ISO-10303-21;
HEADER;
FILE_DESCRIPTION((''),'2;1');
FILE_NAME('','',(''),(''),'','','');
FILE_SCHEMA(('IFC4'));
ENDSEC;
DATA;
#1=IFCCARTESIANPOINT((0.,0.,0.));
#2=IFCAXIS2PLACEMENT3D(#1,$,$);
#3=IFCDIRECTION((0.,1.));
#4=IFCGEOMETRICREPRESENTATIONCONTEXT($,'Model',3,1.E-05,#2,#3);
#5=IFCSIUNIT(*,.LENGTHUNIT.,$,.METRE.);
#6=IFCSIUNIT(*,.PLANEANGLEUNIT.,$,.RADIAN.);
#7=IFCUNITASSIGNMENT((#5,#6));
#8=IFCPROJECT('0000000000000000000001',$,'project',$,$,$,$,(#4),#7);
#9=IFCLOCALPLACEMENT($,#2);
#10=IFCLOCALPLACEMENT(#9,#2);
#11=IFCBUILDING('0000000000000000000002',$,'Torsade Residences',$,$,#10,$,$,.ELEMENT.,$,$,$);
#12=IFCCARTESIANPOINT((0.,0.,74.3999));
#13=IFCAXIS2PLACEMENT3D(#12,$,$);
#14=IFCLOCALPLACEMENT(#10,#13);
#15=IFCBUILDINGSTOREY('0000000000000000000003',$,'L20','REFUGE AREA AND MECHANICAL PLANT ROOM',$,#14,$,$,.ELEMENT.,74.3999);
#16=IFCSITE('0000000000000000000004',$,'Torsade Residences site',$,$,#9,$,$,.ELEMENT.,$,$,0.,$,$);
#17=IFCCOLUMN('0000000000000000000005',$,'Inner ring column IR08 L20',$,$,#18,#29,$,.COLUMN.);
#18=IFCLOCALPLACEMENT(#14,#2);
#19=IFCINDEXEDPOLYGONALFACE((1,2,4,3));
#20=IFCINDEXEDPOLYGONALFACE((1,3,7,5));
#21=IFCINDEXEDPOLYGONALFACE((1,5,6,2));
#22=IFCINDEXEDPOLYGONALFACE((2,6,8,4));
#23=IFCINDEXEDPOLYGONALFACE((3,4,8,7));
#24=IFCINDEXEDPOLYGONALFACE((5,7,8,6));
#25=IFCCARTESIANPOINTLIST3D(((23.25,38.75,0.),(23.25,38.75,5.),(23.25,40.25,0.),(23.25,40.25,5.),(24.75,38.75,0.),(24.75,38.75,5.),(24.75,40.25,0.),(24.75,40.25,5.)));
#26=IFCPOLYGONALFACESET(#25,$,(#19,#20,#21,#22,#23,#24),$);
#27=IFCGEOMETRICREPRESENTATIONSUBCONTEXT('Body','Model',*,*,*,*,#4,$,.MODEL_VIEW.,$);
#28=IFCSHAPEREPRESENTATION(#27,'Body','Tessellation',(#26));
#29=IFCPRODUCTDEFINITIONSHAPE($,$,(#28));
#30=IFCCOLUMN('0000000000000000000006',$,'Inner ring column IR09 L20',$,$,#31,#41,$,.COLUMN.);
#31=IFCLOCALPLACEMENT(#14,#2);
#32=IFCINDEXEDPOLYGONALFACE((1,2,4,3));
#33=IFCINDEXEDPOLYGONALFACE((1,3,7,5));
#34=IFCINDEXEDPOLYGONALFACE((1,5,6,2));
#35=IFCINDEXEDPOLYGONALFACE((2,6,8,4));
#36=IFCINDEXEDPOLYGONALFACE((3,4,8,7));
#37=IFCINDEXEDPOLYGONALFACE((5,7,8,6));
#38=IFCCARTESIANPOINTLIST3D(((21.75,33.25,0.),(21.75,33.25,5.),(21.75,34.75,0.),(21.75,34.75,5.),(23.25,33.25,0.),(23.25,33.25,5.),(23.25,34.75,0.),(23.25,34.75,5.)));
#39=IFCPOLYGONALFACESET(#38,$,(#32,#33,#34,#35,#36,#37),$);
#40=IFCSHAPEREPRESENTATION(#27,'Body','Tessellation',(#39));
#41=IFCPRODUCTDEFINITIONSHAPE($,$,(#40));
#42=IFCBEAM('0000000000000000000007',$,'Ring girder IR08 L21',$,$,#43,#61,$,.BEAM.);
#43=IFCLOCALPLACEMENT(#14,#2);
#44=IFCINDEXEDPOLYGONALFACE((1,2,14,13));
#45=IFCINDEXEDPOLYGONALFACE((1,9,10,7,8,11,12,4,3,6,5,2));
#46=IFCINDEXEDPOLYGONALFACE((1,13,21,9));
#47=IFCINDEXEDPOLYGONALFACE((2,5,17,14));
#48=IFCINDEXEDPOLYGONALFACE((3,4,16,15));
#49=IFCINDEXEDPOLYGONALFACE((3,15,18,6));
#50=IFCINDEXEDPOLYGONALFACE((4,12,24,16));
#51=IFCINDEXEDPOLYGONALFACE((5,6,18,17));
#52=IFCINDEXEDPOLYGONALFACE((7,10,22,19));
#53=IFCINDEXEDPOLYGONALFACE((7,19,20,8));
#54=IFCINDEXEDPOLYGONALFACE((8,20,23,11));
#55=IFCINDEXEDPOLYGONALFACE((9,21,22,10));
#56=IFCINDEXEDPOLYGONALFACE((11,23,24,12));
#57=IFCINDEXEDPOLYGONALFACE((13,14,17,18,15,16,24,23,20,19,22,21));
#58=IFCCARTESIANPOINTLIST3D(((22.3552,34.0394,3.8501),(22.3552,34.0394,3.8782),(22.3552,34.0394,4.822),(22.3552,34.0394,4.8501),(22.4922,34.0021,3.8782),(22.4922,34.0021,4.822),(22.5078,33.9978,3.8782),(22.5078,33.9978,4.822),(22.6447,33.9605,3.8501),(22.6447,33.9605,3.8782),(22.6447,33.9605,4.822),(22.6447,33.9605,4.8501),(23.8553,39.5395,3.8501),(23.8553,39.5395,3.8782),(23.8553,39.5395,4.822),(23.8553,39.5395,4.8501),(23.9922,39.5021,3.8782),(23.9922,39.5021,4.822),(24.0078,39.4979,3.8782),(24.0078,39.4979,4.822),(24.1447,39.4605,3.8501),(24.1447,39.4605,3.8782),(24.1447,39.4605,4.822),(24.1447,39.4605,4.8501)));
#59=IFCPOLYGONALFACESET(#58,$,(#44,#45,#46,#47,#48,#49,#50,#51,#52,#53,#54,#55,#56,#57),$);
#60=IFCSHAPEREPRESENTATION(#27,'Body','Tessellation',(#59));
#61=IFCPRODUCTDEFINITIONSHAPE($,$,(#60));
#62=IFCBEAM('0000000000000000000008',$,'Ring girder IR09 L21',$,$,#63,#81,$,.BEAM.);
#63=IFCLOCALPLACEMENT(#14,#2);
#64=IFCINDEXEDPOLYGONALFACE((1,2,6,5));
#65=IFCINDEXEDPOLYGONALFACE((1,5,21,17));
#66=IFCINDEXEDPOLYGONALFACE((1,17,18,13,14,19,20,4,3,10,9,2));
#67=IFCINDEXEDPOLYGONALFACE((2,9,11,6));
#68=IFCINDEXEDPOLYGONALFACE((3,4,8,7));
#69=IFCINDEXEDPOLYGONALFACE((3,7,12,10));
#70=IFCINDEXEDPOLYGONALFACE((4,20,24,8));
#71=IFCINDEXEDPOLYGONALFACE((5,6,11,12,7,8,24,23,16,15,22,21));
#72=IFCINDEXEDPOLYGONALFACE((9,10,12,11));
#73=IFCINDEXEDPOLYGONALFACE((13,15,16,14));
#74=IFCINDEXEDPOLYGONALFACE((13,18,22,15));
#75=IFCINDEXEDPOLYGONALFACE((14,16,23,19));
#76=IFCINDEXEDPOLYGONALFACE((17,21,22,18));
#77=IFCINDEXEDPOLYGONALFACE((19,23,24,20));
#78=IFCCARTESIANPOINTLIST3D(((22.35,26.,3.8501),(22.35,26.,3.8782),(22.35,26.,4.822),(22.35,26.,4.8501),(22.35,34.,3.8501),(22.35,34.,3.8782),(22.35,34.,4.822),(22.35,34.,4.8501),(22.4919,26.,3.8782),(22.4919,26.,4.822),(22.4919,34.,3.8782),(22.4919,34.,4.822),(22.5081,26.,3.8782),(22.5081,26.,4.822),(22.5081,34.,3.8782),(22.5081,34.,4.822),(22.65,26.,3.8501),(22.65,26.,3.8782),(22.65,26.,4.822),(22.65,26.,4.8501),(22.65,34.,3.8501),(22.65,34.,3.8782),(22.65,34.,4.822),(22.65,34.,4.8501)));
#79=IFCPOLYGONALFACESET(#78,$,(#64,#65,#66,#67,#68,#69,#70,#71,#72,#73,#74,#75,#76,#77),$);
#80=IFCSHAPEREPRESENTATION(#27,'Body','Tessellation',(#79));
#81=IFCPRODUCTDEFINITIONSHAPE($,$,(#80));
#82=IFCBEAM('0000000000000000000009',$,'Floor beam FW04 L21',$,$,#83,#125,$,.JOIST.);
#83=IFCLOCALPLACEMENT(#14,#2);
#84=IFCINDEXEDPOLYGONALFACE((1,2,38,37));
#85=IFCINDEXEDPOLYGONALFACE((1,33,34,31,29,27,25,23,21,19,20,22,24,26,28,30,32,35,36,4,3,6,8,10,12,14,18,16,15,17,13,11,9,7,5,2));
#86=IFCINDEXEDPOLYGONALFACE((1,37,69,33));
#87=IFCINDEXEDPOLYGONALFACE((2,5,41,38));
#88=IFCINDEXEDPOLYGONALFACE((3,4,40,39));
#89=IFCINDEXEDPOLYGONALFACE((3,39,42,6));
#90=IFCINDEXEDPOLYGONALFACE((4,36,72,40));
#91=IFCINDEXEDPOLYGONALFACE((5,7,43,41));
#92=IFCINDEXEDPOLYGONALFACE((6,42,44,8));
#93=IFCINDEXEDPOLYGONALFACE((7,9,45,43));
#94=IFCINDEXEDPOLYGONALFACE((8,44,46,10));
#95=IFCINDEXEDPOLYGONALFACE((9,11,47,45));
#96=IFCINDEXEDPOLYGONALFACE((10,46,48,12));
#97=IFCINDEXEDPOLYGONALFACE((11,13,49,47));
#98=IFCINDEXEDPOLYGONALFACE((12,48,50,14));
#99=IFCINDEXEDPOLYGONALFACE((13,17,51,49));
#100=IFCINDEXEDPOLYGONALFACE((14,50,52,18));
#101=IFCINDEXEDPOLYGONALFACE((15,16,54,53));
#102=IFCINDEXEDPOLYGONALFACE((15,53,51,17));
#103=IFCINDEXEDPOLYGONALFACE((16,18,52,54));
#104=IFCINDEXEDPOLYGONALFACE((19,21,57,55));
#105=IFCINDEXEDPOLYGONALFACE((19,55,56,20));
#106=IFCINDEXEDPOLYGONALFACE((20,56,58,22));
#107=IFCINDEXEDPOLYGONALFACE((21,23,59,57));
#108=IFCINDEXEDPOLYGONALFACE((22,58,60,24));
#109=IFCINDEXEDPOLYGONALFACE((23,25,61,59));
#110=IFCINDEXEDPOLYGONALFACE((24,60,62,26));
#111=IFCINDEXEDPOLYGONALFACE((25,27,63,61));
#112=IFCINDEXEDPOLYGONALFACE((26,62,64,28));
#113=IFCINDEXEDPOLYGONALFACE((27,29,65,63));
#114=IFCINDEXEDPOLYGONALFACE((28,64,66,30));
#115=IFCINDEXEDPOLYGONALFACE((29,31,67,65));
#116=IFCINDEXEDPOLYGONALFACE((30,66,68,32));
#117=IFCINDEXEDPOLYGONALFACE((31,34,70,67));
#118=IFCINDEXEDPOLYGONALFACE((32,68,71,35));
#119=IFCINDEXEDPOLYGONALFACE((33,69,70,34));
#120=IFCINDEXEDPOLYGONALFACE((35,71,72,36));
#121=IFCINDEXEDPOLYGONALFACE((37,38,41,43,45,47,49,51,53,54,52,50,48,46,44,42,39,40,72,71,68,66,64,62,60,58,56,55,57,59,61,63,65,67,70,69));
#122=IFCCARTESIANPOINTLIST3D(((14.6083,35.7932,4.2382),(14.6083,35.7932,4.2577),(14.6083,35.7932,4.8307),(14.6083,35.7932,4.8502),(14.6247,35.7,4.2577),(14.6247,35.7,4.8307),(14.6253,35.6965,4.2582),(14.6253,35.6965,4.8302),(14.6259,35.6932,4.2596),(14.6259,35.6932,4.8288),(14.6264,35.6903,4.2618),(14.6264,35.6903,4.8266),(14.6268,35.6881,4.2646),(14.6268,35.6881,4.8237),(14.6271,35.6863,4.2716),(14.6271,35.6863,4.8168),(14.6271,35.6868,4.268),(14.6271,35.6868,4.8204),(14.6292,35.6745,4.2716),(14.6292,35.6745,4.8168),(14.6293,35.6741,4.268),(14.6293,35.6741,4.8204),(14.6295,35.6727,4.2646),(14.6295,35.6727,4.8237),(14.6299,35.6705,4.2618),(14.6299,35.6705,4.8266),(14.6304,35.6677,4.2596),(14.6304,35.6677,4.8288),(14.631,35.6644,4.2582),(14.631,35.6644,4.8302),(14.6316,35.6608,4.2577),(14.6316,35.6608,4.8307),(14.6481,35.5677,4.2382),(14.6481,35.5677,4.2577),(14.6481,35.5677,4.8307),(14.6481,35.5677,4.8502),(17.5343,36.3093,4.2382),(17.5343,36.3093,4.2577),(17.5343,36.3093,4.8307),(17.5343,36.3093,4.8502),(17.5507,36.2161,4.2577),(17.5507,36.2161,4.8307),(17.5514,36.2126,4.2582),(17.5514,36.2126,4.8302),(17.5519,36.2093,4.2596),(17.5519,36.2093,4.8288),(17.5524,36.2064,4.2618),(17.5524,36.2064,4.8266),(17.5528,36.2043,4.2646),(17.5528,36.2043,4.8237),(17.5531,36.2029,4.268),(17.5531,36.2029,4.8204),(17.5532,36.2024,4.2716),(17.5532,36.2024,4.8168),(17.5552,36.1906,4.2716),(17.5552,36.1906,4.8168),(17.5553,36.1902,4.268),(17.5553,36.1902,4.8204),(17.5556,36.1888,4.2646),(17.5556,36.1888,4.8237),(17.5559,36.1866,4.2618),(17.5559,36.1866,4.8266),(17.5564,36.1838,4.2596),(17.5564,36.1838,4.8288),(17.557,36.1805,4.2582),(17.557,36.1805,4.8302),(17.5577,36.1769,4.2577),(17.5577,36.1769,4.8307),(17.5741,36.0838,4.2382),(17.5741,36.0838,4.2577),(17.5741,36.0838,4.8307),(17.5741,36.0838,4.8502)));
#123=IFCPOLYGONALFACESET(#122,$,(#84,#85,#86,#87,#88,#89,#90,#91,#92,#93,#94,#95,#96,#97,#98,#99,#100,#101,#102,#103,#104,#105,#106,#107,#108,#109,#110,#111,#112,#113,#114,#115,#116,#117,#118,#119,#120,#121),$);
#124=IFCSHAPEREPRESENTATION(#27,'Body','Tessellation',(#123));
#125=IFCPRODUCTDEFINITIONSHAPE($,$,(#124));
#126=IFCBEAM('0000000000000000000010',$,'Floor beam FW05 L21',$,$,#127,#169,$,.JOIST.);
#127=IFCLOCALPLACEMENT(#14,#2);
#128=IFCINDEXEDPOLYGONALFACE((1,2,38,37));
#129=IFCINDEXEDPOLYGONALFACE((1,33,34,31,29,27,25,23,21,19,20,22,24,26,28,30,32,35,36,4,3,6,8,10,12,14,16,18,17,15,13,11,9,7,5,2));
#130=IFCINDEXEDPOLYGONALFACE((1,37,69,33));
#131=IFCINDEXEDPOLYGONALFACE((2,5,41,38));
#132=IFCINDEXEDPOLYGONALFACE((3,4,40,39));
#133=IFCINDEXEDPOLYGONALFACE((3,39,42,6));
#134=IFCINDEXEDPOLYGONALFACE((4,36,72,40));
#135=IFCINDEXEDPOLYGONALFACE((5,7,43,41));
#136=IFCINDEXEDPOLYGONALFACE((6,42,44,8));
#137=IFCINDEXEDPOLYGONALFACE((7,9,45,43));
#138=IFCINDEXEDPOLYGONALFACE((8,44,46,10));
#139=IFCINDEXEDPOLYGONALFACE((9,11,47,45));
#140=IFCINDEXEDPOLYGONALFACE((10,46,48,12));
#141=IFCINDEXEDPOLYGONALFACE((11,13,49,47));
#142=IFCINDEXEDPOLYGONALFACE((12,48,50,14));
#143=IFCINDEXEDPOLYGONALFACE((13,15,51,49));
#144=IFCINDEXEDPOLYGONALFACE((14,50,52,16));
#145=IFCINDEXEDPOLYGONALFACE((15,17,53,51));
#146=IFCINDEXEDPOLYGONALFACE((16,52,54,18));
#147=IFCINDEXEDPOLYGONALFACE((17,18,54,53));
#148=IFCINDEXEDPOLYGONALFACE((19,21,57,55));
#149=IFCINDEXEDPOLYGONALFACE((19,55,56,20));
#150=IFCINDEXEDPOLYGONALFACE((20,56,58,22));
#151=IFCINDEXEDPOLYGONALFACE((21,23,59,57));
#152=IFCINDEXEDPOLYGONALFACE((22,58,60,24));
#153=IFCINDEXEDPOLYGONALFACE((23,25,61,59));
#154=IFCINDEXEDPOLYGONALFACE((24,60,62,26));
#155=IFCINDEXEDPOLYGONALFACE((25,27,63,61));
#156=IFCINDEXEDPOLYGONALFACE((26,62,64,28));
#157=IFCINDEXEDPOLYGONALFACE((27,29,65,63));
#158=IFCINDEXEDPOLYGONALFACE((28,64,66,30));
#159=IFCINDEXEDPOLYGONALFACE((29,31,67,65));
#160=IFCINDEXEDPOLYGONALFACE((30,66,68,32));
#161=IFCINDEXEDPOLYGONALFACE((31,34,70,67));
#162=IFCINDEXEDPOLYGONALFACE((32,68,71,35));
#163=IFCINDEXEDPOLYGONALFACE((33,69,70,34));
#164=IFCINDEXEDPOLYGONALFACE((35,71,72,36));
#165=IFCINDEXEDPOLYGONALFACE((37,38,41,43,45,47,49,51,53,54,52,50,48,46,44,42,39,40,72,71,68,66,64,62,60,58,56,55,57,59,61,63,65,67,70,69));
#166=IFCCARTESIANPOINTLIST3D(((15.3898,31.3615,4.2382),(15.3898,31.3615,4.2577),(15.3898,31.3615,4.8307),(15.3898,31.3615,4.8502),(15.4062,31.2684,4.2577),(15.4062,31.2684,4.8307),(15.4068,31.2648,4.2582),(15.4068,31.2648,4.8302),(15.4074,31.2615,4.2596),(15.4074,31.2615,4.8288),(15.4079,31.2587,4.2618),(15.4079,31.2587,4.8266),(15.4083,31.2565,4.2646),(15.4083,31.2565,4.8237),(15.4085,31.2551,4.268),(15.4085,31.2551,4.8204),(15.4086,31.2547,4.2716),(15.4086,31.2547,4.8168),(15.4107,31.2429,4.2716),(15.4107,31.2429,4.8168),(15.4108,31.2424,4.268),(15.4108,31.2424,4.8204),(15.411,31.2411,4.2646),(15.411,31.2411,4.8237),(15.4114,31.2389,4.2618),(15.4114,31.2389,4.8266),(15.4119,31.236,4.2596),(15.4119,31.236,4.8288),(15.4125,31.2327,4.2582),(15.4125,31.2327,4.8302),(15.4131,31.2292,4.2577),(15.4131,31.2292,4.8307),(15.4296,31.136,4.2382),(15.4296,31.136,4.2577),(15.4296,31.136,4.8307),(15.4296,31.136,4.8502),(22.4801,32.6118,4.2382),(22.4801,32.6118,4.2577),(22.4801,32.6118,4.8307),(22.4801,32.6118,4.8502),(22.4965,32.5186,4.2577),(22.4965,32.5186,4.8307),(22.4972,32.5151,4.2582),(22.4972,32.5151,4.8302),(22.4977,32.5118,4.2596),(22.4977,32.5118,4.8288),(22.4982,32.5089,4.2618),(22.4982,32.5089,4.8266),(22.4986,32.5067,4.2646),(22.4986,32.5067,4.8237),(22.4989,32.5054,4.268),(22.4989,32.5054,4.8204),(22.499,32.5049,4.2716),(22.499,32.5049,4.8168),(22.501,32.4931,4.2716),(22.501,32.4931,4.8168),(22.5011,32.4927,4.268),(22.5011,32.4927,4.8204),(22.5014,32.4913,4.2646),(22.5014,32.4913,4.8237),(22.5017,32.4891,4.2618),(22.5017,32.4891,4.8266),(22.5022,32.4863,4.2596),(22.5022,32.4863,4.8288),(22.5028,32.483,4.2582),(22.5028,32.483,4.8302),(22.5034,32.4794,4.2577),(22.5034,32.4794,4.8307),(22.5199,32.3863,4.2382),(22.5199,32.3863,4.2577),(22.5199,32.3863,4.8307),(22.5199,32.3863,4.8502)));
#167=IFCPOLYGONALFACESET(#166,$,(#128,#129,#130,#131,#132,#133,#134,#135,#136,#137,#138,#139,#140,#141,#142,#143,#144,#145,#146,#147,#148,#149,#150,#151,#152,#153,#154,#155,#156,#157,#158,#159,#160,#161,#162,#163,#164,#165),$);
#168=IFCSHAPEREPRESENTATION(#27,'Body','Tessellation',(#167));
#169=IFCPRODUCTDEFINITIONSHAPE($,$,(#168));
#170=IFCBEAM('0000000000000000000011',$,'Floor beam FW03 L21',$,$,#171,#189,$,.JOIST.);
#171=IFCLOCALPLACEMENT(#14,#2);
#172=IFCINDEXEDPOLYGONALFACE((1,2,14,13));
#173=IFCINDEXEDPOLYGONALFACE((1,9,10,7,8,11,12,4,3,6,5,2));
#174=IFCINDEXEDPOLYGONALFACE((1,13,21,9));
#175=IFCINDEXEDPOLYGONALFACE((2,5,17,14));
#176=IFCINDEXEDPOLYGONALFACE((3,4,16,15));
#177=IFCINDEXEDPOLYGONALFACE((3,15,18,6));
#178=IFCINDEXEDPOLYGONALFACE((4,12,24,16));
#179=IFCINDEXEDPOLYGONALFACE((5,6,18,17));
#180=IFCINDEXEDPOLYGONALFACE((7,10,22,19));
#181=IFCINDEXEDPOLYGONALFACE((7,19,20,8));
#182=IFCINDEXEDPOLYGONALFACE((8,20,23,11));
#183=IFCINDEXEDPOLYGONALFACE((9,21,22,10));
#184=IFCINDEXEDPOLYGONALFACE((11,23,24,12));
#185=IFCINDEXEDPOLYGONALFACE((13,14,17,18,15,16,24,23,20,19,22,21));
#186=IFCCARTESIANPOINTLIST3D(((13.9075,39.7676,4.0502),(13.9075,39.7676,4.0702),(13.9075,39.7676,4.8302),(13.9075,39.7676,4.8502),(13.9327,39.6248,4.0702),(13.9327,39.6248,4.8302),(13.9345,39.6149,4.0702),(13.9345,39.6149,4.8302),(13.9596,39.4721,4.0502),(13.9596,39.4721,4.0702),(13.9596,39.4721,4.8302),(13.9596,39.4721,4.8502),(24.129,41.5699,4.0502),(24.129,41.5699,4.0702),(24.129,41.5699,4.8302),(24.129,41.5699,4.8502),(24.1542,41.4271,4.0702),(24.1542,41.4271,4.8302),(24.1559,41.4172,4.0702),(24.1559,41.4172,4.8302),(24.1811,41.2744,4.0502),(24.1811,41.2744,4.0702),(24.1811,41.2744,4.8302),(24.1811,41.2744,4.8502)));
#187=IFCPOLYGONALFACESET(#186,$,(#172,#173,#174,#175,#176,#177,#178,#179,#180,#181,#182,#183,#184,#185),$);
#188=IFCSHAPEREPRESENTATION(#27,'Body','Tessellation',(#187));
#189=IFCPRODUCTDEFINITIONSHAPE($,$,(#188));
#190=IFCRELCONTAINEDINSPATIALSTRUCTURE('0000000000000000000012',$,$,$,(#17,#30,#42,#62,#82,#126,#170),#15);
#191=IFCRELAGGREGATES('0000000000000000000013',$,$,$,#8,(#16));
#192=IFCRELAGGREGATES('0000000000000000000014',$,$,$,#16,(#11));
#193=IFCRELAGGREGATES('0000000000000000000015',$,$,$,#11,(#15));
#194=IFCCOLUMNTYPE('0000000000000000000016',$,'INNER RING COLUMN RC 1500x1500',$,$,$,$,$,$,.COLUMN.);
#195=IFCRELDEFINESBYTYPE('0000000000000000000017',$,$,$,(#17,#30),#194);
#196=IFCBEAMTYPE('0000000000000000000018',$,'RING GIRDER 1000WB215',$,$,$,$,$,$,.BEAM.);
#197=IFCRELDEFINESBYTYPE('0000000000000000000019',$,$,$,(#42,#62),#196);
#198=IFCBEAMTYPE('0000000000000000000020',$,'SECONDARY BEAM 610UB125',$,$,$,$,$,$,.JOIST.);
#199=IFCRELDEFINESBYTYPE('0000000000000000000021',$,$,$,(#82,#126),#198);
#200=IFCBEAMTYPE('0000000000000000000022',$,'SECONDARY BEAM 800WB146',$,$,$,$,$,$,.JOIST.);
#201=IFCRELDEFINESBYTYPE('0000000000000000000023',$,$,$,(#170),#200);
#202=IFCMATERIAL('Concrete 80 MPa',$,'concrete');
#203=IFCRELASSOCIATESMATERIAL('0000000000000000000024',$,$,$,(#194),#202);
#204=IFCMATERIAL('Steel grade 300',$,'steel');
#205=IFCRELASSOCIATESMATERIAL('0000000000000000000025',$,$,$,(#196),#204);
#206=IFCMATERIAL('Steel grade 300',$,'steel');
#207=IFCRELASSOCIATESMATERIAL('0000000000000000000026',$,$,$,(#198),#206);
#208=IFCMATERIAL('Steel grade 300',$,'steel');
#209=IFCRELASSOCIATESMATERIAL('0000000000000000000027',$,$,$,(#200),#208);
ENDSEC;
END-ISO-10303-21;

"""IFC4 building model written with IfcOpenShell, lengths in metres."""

from ifc_helpers import new_model, si_unit, direction, frame, origin, origin_2d, place, context, subcontext, project, spatial, rectangle, i_section, extrude, material, material_profile, profile_set, type_object, element, save


model = new_model("IFC4")

# Units and contexts
model_context = context("Model", 3, precision=1e-05, world=origin(), true_north=direction((0.0, 1.0)))
body_context = subcontext(model_context, "Body", "Model", "MODEL_VIEW")
ifc_project = project(units=[si_unit("LENGTHUNIT", "METRE"), si_unit("PLANEANGLEUNIT", "RADIAN")], contexts=[model_context])

# Site, building, storey
site_placement = place(None, origin())
site = spatial("IfcSite", under=ifc_project, at=site_placement, Name="Torsade Residences site", CompositionType="ELEMENT", RefElevation=0.0)
building_placement = place(site_placement, origin())
building = spatial("IfcBuilding", under=site, at=building_placement, Name="Torsade Residences", CompositionType="ELEMENT")
storey_placement = place(building_placement, frame((0.0, 0.0, 74.3999)))
storey = spatial("IfcBuildingStorey", under=building, at=storey_placement, Name="L20", Description="REFUGE AREA AND MECHANICAL PLANT ROOM", CompositionType="ELEMENT", Elevation=74.3999)

# Columns
ifc_material_1 = material(Name="Concrete 80 MPa", Category="concrete")
ifc_material_profile_1 = material_profile(ifc_material_1, rectangle(XDim=1.5, YDim=1.5, at=origin_2d()), Name="RC 1500x1500")
ifc_profile_set_1 = profile_set([ifc_material_profile_1], Name="Concrete 80 MPa")
column_type = type_object("IfcColumnType", Name="INNER RING COLUMN RC 1500x1500", PredefinedType="COLUMN", material=ifc_profile_set_1)
for number, where, z_axis, x_axis, name in (
    (1, (24.0, 39.5, 0.0), (0.0, 0.0, 1.0), (1.0, 0.0, 0.0), "Inner ring column IR08 L20"),
    (2, (22.5, 34.0, 0.0), (0.0, 0.0, 1.0), (1.0, 0.0, 0.0), "Inner ring column IR09 L20"),
):
    element("IfcColumn", number, at=place(storey_placement, frame(where, z_axis=z_axis, x_axis=x_axis)), inside=storey, type_object=column_type, Name=name, PredefinedType="COLUMN", context=body_context, shape_type="SweptSolid", body=[
        extrude(rectangle(XDim=1.5, YDim=1.5, at=origin_2d()), origin(), (0.0, 0.0, 1.0), 5.0),
    ])

# Beams
ifc_material_2 = material(Name="Steel grade 300", Category="steel")
ifc_material_profile_2 = material_profile(ifc_material_2, i_section(OverallWidth=0.3, OverallDepth=1.0, WebThickness=0.0161, FlangeThickness=0.0281, at=origin_2d()), Name="1000WB215")
ifc_profile_set_2 = profile_set([ifc_material_profile_2], Name="Steel grade 300")
beam_type_1 = type_object("IfcBeamType", Name="RING GIRDER 1000WB215", PredefinedType="BEAM", material=ifc_profile_set_2)
beam_1_placement = place(storey_placement, frame((24.0, 39.5, 4.3501), z_axis=(-0.263117, -0.964764, 0.0), x_axis=(0.964764, -0.263117, 0.0)))
element("IfcBeam", 3, at=beam_1_placement, inside=storey, type_object=beam_type_1, Name="Ring girder IR08 L21", PredefinedType="BEAM", context=body_context, shape_type="SweptSolid", body=[
    extrude(i_section(OverallWidth=0.3, OverallDepth=1.0, WebThickness=0.0161, FlangeThickness=0.0281, at=origin_2d()), origin(), (0.0, 0.0, 1.0), 5.7009),
])
beam_2_placement = place(storey_placement, frame((22.5, 34.0, 4.3501), z_axis=(0.0, -1.0, 0.0), x_axis=(1.0, 0.0, 0.0)))
element("IfcBeam", 4, at=beam_2_placement, inside=storey, type_object=beam_type_1, Name="Ring girder IR09 L21", PredefinedType="BEAM", context=body_context, shape_type="SweptSolid", body=[
    extrude(i_section(OverallWidth=0.3, OverallDepth=1.0, WebThickness=0.0161, FlangeThickness=0.0281, at=origin_2d()), origin(), (0.0, 0.0, 1.0), 8.0),
])
ifc_material_3 = material(Name="Steel grade 300", Category="steel")
ifc_material_profile_3 = material_profile(ifc_material_3, i_section(OverallWidth=0.229, OverallDepth=0.6121, WebThickness=0.012, FlangeThickness=0.0195, FilletRadius=0.0139, at=origin_2d()), Name="610UB125")
ifc_profile_set_3 = profile_set([ifc_material_profile_3], Name="Steel grade 300")
beam_type_2 = type_object("IfcBeamType", Name="SECONDARY BEAM 610UB125", PredefinedType="JOIST", material=ifc_profile_set_3)
beam_3_placement = place(storey_placement, frame((14.6282, 35.6804, 4.5442), z_axis=(0.984798, 0.173706, 0.0), x_axis=(-0.173706, 0.984798, 0.0)))
element("IfcBeam", 5, at=beam_3_placement, inside=storey, type_object=beam_type_2, Name="Floor beam FW04 L21", PredefinedType="JOIST", context=body_context, shape_type="SweptSolid", body=[
    extrude(i_section(OverallWidth=0.229, OverallDepth=0.6121, WebThickness=0.012, FlangeThickness=0.0195, FilletRadius=0.0139, at=origin_2d()), origin(), (0.0, 0.0, 1.0), 2.9712),
])
beam_4_placement = place(storey_placement, frame((15.4097, 31.2488, 4.5442), z_axis=(0.984807, 0.173652, 0.0), x_axis=(-0.173652, 0.984807, 0.0)))
element("IfcBeam", 6, at=beam_4_placement, inside=storey, type_object=beam_type_2, Name="Floor beam FW05 L21", PredefinedType="JOIST", context=body_context, shape_type="SweptSolid", body=[
    extrude(i_section(OverallWidth=0.229, OverallDepth=0.6121, WebThickness=0.012, FlangeThickness=0.0195, FilletRadius=0.0139, at=origin_2d()), origin(), (0.0, 0.0, 1.0), 7.1997),
])
ifc_material_4 = material(Name="Steel grade 300", Category="steel")
ifc_material_profile_4 = material_profile(ifc_material_4, i_section(OverallWidth=0.3, OverallDepth=0.8, WebThickness=0.01, FlangeThickness=0.02, at=origin_2d()), Name="800WB146")
ifc_profile_set_4 = profile_set([ifc_material_profile_4], Name="Steel grade 300")
beam_type_3 = type_object("IfcBeamType", Name="SECONDARY BEAM 800WB146", PredefinedType="JOIST", material=ifc_profile_set_4)
beam_5_placement = place(storey_placement, frame((13.9336, 39.6199, 4.4502), z_axis=(0.984809, 0.173642, 0.0), x_axis=(-0.173642, 0.984809, 0.0)))
element("IfcBeam", 7, at=beam_5_placement, inside=storey, type_object=beam_type_3, Name="Floor beam FW03 L21", PredefinedType="JOIST", context=body_context, shape_type="SweptSolid", body=[
    extrude(i_section(OverallWidth=0.3, OverallDepth=0.8, WebThickness=0.01, FlangeThickness=0.02, at=origin_2d()), origin(), (0.0, 0.0, 1.0), 10.3792),
])

save(model, "model.ifc")
